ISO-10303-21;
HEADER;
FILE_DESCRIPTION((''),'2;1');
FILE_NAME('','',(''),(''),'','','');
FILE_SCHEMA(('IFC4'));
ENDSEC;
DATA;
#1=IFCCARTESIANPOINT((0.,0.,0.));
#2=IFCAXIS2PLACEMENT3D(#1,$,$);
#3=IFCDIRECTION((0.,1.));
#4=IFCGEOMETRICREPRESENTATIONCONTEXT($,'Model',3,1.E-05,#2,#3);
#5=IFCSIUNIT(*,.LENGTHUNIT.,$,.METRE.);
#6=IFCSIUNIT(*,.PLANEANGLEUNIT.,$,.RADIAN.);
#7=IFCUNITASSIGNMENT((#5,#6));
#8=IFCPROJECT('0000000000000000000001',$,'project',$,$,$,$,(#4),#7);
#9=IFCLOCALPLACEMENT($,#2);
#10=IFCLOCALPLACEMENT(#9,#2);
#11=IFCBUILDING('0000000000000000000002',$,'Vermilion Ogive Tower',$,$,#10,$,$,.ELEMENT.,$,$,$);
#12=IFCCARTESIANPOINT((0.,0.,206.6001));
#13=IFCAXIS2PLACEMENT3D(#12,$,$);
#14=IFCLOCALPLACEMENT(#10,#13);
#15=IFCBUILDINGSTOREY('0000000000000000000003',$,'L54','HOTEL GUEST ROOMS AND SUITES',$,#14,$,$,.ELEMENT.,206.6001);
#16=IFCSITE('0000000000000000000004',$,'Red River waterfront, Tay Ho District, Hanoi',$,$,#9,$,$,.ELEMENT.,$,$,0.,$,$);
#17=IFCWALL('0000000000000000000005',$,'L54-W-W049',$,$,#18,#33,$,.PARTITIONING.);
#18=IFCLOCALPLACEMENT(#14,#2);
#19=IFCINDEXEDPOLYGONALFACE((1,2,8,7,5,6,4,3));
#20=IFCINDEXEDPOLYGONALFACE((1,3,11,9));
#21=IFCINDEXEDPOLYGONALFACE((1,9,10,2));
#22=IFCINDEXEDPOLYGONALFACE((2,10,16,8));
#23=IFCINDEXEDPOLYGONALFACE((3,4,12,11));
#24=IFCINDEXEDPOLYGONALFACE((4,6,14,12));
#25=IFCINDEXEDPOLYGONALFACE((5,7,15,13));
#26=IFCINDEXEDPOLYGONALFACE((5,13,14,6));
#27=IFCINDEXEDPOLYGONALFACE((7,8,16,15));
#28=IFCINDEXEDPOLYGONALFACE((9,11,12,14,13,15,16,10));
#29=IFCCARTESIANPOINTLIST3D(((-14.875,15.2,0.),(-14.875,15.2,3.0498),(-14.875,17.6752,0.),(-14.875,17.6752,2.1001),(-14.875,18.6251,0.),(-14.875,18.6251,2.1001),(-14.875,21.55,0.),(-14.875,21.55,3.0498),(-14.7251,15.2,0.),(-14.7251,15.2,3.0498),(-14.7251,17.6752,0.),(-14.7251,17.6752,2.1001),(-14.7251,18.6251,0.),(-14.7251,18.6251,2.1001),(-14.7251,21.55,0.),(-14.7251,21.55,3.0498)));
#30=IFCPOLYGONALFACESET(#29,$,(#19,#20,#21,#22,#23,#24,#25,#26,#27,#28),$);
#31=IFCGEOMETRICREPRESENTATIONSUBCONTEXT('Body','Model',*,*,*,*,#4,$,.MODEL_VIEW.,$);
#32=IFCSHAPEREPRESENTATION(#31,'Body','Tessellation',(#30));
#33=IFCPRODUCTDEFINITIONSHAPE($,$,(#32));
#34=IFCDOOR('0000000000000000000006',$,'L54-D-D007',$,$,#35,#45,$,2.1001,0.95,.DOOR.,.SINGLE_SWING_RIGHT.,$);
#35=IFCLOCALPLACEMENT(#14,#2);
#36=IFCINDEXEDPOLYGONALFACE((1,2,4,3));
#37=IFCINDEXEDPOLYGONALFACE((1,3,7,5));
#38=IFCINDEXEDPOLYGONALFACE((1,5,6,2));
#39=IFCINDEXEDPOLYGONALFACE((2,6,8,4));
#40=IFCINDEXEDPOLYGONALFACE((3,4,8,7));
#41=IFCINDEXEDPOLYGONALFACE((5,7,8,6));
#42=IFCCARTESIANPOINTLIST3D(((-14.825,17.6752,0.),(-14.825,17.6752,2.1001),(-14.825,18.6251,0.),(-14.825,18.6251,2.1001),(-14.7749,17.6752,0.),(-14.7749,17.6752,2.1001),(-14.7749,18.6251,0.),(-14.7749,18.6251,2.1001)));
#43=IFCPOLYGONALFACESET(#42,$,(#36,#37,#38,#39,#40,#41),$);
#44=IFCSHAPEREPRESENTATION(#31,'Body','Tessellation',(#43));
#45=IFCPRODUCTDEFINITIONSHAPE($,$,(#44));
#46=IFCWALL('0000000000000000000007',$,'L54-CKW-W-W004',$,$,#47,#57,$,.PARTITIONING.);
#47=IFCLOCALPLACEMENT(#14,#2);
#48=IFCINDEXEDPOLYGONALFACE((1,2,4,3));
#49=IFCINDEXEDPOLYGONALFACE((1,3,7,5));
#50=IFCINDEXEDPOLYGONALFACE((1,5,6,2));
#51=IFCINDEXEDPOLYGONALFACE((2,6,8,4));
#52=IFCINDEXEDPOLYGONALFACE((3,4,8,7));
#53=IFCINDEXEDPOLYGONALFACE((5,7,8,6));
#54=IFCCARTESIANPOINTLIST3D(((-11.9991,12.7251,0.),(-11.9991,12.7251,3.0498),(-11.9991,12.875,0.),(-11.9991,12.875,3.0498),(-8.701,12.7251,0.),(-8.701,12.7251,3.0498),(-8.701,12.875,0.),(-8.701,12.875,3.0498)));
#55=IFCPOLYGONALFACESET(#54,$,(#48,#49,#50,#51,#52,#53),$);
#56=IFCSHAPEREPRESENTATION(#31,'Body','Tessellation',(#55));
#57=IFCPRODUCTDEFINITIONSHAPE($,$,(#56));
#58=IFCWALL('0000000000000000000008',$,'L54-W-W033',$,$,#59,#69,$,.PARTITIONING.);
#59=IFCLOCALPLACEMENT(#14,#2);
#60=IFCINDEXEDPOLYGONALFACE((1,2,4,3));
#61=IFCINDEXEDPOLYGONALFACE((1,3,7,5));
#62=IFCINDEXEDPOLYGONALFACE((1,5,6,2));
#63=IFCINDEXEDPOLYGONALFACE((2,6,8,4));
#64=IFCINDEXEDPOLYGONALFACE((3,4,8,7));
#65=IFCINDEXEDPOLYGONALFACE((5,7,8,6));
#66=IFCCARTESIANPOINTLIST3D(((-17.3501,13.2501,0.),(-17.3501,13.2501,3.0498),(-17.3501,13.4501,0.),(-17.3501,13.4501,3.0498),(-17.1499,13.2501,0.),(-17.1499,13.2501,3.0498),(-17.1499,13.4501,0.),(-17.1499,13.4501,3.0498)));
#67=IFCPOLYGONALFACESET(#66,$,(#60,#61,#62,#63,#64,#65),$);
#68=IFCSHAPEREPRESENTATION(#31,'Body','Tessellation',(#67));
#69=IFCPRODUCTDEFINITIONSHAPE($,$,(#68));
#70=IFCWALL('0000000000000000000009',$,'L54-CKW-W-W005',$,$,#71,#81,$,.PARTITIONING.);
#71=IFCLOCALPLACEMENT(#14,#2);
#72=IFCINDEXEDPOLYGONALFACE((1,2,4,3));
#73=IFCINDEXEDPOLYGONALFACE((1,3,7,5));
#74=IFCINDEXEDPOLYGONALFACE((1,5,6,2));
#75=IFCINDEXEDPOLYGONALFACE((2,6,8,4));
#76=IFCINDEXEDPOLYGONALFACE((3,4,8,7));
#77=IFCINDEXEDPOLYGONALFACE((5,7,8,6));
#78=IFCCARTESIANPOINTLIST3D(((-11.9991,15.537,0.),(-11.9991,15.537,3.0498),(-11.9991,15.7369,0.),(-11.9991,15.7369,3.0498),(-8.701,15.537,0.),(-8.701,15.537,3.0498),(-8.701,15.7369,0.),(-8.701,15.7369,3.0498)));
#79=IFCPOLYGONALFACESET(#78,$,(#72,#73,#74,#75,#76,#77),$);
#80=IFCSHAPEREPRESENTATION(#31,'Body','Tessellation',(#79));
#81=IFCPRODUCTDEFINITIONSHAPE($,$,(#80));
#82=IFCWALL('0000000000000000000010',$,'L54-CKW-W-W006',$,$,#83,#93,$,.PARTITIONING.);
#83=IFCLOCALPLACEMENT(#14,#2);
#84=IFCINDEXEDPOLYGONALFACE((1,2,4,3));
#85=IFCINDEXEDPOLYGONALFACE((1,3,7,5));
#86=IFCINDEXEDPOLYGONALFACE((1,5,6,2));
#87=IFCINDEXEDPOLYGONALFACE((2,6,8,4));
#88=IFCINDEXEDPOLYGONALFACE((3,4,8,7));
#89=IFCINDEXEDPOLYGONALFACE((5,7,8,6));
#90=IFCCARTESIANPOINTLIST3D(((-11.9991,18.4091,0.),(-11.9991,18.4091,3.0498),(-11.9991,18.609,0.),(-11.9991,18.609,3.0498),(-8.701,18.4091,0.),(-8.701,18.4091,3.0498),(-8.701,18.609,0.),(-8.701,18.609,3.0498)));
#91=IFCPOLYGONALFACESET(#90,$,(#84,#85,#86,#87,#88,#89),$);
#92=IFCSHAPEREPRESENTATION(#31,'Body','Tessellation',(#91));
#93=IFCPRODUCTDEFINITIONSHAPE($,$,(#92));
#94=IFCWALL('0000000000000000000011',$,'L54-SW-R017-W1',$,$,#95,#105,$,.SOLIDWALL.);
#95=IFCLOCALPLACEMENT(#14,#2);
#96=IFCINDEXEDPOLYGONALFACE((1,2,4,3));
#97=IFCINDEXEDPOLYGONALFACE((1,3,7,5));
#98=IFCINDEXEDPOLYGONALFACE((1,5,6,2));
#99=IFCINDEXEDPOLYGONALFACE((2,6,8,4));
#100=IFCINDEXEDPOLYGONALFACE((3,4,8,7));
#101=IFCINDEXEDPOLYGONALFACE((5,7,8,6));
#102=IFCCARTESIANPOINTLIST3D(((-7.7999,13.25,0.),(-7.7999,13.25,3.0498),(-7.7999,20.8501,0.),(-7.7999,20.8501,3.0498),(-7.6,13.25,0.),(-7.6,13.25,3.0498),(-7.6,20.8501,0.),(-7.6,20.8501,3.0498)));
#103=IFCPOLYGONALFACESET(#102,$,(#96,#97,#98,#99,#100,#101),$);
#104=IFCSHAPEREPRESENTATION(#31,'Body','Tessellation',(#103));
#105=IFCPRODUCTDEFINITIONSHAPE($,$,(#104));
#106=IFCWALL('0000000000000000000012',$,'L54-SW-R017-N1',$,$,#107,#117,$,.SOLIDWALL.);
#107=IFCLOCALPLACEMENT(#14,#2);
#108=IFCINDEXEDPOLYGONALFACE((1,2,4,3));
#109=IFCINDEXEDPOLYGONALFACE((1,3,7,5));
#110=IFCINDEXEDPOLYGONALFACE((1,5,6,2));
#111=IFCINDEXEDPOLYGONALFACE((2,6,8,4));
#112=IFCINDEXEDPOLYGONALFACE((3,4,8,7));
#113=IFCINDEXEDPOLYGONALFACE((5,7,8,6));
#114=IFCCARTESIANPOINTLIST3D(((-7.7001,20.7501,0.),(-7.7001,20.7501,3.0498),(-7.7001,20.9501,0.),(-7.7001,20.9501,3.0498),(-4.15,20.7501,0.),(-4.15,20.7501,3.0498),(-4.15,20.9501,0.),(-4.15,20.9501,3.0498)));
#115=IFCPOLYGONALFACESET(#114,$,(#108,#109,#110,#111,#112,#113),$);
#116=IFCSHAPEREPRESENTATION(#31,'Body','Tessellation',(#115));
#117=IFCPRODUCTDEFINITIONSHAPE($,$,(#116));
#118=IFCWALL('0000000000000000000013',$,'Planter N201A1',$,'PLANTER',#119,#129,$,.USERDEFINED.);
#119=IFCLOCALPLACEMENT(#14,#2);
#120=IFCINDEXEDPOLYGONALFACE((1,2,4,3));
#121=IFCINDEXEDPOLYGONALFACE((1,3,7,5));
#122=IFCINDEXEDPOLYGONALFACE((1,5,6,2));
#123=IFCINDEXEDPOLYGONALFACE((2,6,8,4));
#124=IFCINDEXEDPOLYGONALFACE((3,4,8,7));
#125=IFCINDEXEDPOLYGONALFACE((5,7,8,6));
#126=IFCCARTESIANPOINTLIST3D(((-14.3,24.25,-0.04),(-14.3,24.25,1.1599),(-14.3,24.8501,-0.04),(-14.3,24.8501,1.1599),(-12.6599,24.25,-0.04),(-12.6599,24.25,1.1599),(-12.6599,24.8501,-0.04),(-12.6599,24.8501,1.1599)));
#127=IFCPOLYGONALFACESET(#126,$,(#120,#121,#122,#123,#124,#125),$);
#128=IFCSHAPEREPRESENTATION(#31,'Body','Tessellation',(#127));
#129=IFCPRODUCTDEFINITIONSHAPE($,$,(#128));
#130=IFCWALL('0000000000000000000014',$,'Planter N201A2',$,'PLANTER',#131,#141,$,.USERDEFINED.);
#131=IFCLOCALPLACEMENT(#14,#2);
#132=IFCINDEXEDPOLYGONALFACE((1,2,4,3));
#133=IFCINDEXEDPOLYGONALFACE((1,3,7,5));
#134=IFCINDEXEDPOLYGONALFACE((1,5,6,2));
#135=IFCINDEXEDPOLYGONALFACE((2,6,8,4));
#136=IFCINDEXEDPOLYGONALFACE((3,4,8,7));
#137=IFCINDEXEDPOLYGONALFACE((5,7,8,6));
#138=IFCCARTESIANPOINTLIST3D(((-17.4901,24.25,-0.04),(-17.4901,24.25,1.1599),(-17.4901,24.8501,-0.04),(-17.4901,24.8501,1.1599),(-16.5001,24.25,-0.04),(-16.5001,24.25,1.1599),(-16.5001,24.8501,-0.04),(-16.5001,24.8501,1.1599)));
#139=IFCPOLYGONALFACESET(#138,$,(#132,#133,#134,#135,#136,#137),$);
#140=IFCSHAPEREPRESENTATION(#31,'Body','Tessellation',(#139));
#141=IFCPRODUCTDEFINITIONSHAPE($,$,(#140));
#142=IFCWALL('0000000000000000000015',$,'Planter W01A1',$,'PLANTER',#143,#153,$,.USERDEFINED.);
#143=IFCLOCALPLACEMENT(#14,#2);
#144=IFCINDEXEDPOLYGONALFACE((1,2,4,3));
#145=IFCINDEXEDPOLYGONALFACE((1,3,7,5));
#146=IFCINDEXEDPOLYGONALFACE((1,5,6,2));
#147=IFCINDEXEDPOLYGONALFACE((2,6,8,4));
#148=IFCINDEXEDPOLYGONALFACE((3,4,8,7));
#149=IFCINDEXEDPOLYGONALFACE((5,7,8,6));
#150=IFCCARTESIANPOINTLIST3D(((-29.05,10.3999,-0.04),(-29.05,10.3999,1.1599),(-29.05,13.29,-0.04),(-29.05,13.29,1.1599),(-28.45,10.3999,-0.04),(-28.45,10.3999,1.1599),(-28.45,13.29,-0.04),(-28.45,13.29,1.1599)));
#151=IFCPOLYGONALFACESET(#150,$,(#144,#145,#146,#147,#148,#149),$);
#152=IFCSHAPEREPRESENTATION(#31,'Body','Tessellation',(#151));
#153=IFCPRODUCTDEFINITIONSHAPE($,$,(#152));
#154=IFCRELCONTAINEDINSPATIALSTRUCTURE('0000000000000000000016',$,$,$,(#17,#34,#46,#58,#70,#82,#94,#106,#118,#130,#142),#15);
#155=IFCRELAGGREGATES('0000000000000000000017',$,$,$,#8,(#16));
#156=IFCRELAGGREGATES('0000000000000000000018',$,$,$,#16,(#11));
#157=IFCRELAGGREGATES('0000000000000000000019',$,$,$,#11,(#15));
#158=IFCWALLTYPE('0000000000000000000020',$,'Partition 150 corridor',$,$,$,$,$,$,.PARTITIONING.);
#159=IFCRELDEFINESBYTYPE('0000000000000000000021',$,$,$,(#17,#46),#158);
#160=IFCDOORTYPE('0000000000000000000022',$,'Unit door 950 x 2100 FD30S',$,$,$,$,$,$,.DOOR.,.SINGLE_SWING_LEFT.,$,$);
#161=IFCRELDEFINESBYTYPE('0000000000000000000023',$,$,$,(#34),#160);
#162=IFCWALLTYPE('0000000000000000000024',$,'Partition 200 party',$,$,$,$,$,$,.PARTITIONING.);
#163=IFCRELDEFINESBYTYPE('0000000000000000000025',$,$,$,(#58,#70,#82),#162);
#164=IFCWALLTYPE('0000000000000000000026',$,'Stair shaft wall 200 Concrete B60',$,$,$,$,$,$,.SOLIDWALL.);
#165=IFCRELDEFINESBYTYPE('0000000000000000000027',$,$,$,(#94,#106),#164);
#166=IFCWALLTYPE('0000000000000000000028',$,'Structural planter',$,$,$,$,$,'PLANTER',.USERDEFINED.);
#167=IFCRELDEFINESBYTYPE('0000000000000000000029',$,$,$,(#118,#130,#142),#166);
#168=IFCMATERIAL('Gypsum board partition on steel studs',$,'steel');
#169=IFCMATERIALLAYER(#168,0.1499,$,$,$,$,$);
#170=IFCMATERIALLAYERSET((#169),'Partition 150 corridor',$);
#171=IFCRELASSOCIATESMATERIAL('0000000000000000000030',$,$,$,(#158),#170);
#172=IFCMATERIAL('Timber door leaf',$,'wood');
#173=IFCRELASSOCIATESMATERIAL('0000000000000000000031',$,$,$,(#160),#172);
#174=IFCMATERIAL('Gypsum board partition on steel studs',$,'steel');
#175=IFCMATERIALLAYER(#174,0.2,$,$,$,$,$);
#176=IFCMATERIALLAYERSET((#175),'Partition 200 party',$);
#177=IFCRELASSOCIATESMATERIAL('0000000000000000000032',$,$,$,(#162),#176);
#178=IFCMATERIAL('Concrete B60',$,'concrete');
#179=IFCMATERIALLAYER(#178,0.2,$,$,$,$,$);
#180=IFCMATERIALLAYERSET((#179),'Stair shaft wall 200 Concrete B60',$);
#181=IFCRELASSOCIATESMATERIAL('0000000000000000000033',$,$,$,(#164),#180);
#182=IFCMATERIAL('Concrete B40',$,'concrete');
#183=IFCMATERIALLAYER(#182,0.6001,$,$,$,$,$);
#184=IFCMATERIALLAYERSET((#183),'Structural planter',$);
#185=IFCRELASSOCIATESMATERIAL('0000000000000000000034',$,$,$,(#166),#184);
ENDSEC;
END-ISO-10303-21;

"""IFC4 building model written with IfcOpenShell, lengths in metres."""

from ifc_helpers import new_model, si_unit, direction, frame, frame_2d, origin, place, context, subcontext, project, spatial, rectangle, extrude, material, layer, layer_set, type_object, element, fill, save


model = new_model("IFC4")

# Units and contexts
model_context = context("Model", 3, precision=1e-05, world=origin(), true_north=direction((0.0, 1.0)))
body_context = subcontext(model_context, "Body", "Model", "MODEL_VIEW")
ifc_project = project(units=[si_unit("LENGTHUNIT", "METRE"), si_unit("PLANEANGLEUNIT", "RADIAN")], contexts=[model_context])

# Site, building, storey
site_placement = place(None, origin())
site = spatial("IfcSite", under=ifc_project, at=site_placement, Name="Red River waterfront, Tay Ho District, Hanoi", CompositionType="ELEMENT", RefElevation=0.0)
building_placement = place(site_placement, origin())
building = spatial("IfcBuilding", under=site, at=building_placement, Name="Vermilion Ogive Tower", CompositionType="ELEMENT")
storey_placement = place(building_placement, frame((0.0, 0.0, 206.6001)))
storey = spatial("IfcBuildingStorey", under=building, at=storey_placement, Name="L54", Description="HOTEL GUEST ROOMS AND SUITES", CompositionType="ELEMENT", Elevation=206.6001)

# Wall, opening, door
ifc_material_1 = material(Name="Gypsum board partition on steel studs", Category="steel")
ifc_layer_1 = layer(ifc_material_1, 0.1499)
ifc_layer_set_1 = layer_set([ifc_layer_1], Name="Partition 150 corridor")
wall_type_1 = type_object("IfcWallType", Name="Partition 150 corridor", PredefinedType="PARTITIONING", material=ifc_layer_set_1)
wall_1_placement = place(storey_placement, frame((-14.8, 15.2, 0.0), z_axis=(0.0, 0.0, 1.0), x_axis=(0.0, 1.0, 0.0)))
wall_1 = element("IfcWall", 1, at=wall_1_placement, inside=storey, type_object=wall_type_1, Name="L54-W-W049", PredefinedType="PARTITIONING", context=body_context, shape_type="SweptSolid", body=[
    extrude(rectangle(XDim=6.3501, YDim=0.1499, at=frame_2d((3.175, 0.0))), origin(), (0.0, 0.0, 1.0), 3.0498),
])
opening_1_placement = place(wall_1_placement, frame((2.4751, 0.0, 0.0)))
opening_1 = element("IfcOpeningElement", 2, at=opening_1_placement, cuts=wall_1, PredefinedType="OPENING", context=body_context, shape_type="SweptSolid", body=[
    extrude(rectangle(XDim=0.95, YDim=2.1001, at=frame_2d((0.4751, 1.05))), frame((0.0, 0.085, 0.0), z_axis=(0.0, -1.0, 0.0), x_axis=(1.0, 0.0, 0.0)), (0.0, 0.0, 1.0), 0.1699),
])
ifc_material_2 = material(Name="Timber door leaf", Category="wood")
door_type_1 = type_object("IfcDoorType", Name="Unit door 950 x 2100 FD30S", OperationType="SINGLE_SWING_LEFT", PredefinedType="DOOR", material=ifc_material_2)
door_1_placement = place(opening_1_placement, origin())
door_1 = element("IfcDoor", 3, at=door_1_placement, inside=storey, type_object=door_type_1, Name="L54-D-D007", OperationType="SINGLE_SWING_RIGHT", OverallHeight=2.1001, OverallWidth=0.95, PredefinedType="DOOR", context=body_context, shape_type="SweptSolid", body=[
    extrude(rectangle(XDim=0.95, YDim=2.1001, at=frame_2d((0.4751, 1.05))), frame((0.0, 0.0249, 0.0), z_axis=(0.0, -1.0, 0.0), x_axis=(1.0, 0.0, 0.0)), (0.0, 0.0, 1.0), 0.05),
])
fill(opening_1, door_1)

# Walls
wall_2_placement = place(storey_placement, frame((-11.999, 12.8, 0.0), z_axis=(0.0, 0.0, 1.0), x_axis=(1.0, 0.0, 0.0)))
element("IfcWall", 4, at=wall_2_placement, inside=storey, type_object=wall_type_1, Name="L54-CKW-W-W004", PredefinedType="PARTITIONING", context=body_context, shape_type="SweptSolid", body=[
    extrude(rectangle(XDim=3.2981, YDim=0.1499, at=frame_2d((1.6489, 0.0))), origin(), (0.0, 0.0, 1.0), 3.0498),
])
ifc_material_3 = material(Name="Gypsum board partition on steel studs", Category="steel")
ifc_layer_2 = layer(ifc_material_3, 0.2)
ifc_layer_set_2 = layer_set([ifc_layer_2], Name="Partition 200 party")
wall_type_2 = type_object("IfcWallType", Name="Partition 200 party", PredefinedType="PARTITIONING", material=ifc_layer_set_2)
wall_3_placement = place(storey_placement, frame((-17.3501, 13.3501, 0.0), z_axis=(0.0, 0.0, 1.0), x_axis=(1.0, 0.0, 0.0)))
element("IfcWall", 5, at=wall_3_placement, inside=storey, type_object=wall_type_2, Name="L54-W-W033", PredefinedType="PARTITIONING", context=body_context, shape_type="SweptSolid", body=[
    extrude(rectangle(XDim=0.2002, YDim=0.2, at=frame_2d((0.1001, 0.0))), origin(), (0.0, 0.0, 1.0), 3.0498),
])
for number, where, z_axis, x_axis, name in (
    (6, (-11.999, 15.637, 0.0), (0.0, 0.0, 1.0), (1.0, 0.0, 0.0), "L54-CKW-W-W005"),
    (7, (-11.999, 18.509, 0.0), (0.0, 0.0, 1.0), (1.0, 0.0, 0.0), "L54-CKW-W-W006"),
):
    element("IfcWall", number, at=place(storey_placement, frame(where, z_axis=z_axis, x_axis=x_axis)), inside=storey, type_object=wall_type_2, Name=name, PredefinedType="PARTITIONING", context=body_context, shape_type="SweptSolid", body=[
        extrude(rectangle(XDim=3.2981, YDim=0.2, at=frame_2d((1.6489, 0.0))), origin(), (0.0, 0.0, 1.0), 3.0498),
    ])
ifc_material_4 = material(Name="Concrete B60", Category="concrete")
ifc_layer_3 = layer(ifc_material_4, 0.2)
ifc_layer_set_3 = layer_set([ifc_layer_3], Name="Stair shaft wall 200 Concrete B60")
wall_type_3 = type_object("IfcWallType", Name="Stair shaft wall 200 Concrete B60", PredefinedType="SOLIDWALL", material=ifc_layer_set_3)
wall_4_placement = place(storey_placement, frame((-7.7, 13.25, 0.0), z_axis=(0.0, 0.0, 1.0), x_axis=(0.0, 1.0, 0.0)))
element("IfcWall", 8, at=wall_4_placement, inside=storey, type_object=wall_type_3, Name="L54-SW-R017-W1", PredefinedType="SOLIDWALL", context=body_context, shape_type="SweptSolid", body=[
    extrude(rectangle(XDim=7.6001, YDim=0.2, at=frame_2d((3.8, 0.0))), origin(), (0.0, 0.0, 1.0), 3.0498),
])
wall_5_placement = place(storey_placement, frame((-7.7, 20.8501, 0.0), z_axis=(0.0, 0.0, 1.0), x_axis=(1.0, 0.0, 0.0)))
element("IfcWall", 9, at=wall_5_placement, inside=storey, type_object=wall_type_3, Name="L54-SW-R017-N1", PredefinedType="SOLIDWALL", context=body_context, shape_type="SweptSolid", body=[
    extrude(rectangle(XDim=3.55, YDim=0.2, at=frame_2d((1.7749, 0.0))), origin(), (0.0, 0.0, 1.0), 3.0498),
])
ifc_material_5 = material(Name="Concrete B40", Category="concrete")
ifc_layer_4 = layer(ifc_material_5, 0.6001)
ifc_layer_set_4 = layer_set([ifc_layer_4], Name="Structural planter")
wall_type_4 = type_object("IfcWallType", Name="Structural planter", ElementType="PLANTER", PredefinedType="USERDEFINED", material=ifc_layer_set_4)
wall_6_placement = place(storey_placement, frame((-12.6599, 24.55, -0.04), z_axis=(0.0, 0.0, 1.0), x_axis=(-1.0, 0.0, 0.0)))
element("IfcWall", 10, at=wall_6_placement, inside=storey, type_object=wall_type_4, Name="Planter N201A1", ObjectType="PLANTER", PredefinedType="USERDEFINED", context=body_context, shape_type="SweptSolid", body=[
    extrude(rectangle(XDim=1.6401, YDim=0.6001, at=frame_2d((0.8201, 0.0))), origin(), (0.0, 0.0, 1.0), 1.2),
])
wall_7_placement = place(storey_placement, frame((-16.5, 24.55, -0.04), z_axis=(0.0, 0.0, 1.0), x_axis=(-1.0, 0.0, 0.0)))
element("IfcWall", 11, at=wall_7_placement, inside=storey, type_object=wall_type_4, Name="Planter N201A2", ObjectType="PLANTER", PredefinedType="USERDEFINED", context=body_context, shape_type="SweptSolid", body=[
    extrude(rectangle(XDim=0.99, YDim=0.6001, at=frame_2d((0.4951, 0.0))), origin(), (0.0, 0.0, 1.0), 1.2),
])
wall_8_placement = place(storey_placement, frame((-28.75, 13.29, -0.04), z_axis=(0.0, 0.0, 1.0), x_axis=(0.0, -1.0, 0.0)))
element("IfcWall", 12, at=wall_8_placement, inside=storey, type_object=wall_type_4, Name="Planter W01A1", ObjectType="PLANTER", PredefinedType="USERDEFINED", context=body_context, shape_type="SweptSolid", body=[
    extrude(rectangle(XDim=2.8901, YDim=0.6001, at=frame_2d((1.4451, 0.0))), origin(), (0.0, 0.0, 1.0), 1.2),
])

save(model, "model.ifc")
